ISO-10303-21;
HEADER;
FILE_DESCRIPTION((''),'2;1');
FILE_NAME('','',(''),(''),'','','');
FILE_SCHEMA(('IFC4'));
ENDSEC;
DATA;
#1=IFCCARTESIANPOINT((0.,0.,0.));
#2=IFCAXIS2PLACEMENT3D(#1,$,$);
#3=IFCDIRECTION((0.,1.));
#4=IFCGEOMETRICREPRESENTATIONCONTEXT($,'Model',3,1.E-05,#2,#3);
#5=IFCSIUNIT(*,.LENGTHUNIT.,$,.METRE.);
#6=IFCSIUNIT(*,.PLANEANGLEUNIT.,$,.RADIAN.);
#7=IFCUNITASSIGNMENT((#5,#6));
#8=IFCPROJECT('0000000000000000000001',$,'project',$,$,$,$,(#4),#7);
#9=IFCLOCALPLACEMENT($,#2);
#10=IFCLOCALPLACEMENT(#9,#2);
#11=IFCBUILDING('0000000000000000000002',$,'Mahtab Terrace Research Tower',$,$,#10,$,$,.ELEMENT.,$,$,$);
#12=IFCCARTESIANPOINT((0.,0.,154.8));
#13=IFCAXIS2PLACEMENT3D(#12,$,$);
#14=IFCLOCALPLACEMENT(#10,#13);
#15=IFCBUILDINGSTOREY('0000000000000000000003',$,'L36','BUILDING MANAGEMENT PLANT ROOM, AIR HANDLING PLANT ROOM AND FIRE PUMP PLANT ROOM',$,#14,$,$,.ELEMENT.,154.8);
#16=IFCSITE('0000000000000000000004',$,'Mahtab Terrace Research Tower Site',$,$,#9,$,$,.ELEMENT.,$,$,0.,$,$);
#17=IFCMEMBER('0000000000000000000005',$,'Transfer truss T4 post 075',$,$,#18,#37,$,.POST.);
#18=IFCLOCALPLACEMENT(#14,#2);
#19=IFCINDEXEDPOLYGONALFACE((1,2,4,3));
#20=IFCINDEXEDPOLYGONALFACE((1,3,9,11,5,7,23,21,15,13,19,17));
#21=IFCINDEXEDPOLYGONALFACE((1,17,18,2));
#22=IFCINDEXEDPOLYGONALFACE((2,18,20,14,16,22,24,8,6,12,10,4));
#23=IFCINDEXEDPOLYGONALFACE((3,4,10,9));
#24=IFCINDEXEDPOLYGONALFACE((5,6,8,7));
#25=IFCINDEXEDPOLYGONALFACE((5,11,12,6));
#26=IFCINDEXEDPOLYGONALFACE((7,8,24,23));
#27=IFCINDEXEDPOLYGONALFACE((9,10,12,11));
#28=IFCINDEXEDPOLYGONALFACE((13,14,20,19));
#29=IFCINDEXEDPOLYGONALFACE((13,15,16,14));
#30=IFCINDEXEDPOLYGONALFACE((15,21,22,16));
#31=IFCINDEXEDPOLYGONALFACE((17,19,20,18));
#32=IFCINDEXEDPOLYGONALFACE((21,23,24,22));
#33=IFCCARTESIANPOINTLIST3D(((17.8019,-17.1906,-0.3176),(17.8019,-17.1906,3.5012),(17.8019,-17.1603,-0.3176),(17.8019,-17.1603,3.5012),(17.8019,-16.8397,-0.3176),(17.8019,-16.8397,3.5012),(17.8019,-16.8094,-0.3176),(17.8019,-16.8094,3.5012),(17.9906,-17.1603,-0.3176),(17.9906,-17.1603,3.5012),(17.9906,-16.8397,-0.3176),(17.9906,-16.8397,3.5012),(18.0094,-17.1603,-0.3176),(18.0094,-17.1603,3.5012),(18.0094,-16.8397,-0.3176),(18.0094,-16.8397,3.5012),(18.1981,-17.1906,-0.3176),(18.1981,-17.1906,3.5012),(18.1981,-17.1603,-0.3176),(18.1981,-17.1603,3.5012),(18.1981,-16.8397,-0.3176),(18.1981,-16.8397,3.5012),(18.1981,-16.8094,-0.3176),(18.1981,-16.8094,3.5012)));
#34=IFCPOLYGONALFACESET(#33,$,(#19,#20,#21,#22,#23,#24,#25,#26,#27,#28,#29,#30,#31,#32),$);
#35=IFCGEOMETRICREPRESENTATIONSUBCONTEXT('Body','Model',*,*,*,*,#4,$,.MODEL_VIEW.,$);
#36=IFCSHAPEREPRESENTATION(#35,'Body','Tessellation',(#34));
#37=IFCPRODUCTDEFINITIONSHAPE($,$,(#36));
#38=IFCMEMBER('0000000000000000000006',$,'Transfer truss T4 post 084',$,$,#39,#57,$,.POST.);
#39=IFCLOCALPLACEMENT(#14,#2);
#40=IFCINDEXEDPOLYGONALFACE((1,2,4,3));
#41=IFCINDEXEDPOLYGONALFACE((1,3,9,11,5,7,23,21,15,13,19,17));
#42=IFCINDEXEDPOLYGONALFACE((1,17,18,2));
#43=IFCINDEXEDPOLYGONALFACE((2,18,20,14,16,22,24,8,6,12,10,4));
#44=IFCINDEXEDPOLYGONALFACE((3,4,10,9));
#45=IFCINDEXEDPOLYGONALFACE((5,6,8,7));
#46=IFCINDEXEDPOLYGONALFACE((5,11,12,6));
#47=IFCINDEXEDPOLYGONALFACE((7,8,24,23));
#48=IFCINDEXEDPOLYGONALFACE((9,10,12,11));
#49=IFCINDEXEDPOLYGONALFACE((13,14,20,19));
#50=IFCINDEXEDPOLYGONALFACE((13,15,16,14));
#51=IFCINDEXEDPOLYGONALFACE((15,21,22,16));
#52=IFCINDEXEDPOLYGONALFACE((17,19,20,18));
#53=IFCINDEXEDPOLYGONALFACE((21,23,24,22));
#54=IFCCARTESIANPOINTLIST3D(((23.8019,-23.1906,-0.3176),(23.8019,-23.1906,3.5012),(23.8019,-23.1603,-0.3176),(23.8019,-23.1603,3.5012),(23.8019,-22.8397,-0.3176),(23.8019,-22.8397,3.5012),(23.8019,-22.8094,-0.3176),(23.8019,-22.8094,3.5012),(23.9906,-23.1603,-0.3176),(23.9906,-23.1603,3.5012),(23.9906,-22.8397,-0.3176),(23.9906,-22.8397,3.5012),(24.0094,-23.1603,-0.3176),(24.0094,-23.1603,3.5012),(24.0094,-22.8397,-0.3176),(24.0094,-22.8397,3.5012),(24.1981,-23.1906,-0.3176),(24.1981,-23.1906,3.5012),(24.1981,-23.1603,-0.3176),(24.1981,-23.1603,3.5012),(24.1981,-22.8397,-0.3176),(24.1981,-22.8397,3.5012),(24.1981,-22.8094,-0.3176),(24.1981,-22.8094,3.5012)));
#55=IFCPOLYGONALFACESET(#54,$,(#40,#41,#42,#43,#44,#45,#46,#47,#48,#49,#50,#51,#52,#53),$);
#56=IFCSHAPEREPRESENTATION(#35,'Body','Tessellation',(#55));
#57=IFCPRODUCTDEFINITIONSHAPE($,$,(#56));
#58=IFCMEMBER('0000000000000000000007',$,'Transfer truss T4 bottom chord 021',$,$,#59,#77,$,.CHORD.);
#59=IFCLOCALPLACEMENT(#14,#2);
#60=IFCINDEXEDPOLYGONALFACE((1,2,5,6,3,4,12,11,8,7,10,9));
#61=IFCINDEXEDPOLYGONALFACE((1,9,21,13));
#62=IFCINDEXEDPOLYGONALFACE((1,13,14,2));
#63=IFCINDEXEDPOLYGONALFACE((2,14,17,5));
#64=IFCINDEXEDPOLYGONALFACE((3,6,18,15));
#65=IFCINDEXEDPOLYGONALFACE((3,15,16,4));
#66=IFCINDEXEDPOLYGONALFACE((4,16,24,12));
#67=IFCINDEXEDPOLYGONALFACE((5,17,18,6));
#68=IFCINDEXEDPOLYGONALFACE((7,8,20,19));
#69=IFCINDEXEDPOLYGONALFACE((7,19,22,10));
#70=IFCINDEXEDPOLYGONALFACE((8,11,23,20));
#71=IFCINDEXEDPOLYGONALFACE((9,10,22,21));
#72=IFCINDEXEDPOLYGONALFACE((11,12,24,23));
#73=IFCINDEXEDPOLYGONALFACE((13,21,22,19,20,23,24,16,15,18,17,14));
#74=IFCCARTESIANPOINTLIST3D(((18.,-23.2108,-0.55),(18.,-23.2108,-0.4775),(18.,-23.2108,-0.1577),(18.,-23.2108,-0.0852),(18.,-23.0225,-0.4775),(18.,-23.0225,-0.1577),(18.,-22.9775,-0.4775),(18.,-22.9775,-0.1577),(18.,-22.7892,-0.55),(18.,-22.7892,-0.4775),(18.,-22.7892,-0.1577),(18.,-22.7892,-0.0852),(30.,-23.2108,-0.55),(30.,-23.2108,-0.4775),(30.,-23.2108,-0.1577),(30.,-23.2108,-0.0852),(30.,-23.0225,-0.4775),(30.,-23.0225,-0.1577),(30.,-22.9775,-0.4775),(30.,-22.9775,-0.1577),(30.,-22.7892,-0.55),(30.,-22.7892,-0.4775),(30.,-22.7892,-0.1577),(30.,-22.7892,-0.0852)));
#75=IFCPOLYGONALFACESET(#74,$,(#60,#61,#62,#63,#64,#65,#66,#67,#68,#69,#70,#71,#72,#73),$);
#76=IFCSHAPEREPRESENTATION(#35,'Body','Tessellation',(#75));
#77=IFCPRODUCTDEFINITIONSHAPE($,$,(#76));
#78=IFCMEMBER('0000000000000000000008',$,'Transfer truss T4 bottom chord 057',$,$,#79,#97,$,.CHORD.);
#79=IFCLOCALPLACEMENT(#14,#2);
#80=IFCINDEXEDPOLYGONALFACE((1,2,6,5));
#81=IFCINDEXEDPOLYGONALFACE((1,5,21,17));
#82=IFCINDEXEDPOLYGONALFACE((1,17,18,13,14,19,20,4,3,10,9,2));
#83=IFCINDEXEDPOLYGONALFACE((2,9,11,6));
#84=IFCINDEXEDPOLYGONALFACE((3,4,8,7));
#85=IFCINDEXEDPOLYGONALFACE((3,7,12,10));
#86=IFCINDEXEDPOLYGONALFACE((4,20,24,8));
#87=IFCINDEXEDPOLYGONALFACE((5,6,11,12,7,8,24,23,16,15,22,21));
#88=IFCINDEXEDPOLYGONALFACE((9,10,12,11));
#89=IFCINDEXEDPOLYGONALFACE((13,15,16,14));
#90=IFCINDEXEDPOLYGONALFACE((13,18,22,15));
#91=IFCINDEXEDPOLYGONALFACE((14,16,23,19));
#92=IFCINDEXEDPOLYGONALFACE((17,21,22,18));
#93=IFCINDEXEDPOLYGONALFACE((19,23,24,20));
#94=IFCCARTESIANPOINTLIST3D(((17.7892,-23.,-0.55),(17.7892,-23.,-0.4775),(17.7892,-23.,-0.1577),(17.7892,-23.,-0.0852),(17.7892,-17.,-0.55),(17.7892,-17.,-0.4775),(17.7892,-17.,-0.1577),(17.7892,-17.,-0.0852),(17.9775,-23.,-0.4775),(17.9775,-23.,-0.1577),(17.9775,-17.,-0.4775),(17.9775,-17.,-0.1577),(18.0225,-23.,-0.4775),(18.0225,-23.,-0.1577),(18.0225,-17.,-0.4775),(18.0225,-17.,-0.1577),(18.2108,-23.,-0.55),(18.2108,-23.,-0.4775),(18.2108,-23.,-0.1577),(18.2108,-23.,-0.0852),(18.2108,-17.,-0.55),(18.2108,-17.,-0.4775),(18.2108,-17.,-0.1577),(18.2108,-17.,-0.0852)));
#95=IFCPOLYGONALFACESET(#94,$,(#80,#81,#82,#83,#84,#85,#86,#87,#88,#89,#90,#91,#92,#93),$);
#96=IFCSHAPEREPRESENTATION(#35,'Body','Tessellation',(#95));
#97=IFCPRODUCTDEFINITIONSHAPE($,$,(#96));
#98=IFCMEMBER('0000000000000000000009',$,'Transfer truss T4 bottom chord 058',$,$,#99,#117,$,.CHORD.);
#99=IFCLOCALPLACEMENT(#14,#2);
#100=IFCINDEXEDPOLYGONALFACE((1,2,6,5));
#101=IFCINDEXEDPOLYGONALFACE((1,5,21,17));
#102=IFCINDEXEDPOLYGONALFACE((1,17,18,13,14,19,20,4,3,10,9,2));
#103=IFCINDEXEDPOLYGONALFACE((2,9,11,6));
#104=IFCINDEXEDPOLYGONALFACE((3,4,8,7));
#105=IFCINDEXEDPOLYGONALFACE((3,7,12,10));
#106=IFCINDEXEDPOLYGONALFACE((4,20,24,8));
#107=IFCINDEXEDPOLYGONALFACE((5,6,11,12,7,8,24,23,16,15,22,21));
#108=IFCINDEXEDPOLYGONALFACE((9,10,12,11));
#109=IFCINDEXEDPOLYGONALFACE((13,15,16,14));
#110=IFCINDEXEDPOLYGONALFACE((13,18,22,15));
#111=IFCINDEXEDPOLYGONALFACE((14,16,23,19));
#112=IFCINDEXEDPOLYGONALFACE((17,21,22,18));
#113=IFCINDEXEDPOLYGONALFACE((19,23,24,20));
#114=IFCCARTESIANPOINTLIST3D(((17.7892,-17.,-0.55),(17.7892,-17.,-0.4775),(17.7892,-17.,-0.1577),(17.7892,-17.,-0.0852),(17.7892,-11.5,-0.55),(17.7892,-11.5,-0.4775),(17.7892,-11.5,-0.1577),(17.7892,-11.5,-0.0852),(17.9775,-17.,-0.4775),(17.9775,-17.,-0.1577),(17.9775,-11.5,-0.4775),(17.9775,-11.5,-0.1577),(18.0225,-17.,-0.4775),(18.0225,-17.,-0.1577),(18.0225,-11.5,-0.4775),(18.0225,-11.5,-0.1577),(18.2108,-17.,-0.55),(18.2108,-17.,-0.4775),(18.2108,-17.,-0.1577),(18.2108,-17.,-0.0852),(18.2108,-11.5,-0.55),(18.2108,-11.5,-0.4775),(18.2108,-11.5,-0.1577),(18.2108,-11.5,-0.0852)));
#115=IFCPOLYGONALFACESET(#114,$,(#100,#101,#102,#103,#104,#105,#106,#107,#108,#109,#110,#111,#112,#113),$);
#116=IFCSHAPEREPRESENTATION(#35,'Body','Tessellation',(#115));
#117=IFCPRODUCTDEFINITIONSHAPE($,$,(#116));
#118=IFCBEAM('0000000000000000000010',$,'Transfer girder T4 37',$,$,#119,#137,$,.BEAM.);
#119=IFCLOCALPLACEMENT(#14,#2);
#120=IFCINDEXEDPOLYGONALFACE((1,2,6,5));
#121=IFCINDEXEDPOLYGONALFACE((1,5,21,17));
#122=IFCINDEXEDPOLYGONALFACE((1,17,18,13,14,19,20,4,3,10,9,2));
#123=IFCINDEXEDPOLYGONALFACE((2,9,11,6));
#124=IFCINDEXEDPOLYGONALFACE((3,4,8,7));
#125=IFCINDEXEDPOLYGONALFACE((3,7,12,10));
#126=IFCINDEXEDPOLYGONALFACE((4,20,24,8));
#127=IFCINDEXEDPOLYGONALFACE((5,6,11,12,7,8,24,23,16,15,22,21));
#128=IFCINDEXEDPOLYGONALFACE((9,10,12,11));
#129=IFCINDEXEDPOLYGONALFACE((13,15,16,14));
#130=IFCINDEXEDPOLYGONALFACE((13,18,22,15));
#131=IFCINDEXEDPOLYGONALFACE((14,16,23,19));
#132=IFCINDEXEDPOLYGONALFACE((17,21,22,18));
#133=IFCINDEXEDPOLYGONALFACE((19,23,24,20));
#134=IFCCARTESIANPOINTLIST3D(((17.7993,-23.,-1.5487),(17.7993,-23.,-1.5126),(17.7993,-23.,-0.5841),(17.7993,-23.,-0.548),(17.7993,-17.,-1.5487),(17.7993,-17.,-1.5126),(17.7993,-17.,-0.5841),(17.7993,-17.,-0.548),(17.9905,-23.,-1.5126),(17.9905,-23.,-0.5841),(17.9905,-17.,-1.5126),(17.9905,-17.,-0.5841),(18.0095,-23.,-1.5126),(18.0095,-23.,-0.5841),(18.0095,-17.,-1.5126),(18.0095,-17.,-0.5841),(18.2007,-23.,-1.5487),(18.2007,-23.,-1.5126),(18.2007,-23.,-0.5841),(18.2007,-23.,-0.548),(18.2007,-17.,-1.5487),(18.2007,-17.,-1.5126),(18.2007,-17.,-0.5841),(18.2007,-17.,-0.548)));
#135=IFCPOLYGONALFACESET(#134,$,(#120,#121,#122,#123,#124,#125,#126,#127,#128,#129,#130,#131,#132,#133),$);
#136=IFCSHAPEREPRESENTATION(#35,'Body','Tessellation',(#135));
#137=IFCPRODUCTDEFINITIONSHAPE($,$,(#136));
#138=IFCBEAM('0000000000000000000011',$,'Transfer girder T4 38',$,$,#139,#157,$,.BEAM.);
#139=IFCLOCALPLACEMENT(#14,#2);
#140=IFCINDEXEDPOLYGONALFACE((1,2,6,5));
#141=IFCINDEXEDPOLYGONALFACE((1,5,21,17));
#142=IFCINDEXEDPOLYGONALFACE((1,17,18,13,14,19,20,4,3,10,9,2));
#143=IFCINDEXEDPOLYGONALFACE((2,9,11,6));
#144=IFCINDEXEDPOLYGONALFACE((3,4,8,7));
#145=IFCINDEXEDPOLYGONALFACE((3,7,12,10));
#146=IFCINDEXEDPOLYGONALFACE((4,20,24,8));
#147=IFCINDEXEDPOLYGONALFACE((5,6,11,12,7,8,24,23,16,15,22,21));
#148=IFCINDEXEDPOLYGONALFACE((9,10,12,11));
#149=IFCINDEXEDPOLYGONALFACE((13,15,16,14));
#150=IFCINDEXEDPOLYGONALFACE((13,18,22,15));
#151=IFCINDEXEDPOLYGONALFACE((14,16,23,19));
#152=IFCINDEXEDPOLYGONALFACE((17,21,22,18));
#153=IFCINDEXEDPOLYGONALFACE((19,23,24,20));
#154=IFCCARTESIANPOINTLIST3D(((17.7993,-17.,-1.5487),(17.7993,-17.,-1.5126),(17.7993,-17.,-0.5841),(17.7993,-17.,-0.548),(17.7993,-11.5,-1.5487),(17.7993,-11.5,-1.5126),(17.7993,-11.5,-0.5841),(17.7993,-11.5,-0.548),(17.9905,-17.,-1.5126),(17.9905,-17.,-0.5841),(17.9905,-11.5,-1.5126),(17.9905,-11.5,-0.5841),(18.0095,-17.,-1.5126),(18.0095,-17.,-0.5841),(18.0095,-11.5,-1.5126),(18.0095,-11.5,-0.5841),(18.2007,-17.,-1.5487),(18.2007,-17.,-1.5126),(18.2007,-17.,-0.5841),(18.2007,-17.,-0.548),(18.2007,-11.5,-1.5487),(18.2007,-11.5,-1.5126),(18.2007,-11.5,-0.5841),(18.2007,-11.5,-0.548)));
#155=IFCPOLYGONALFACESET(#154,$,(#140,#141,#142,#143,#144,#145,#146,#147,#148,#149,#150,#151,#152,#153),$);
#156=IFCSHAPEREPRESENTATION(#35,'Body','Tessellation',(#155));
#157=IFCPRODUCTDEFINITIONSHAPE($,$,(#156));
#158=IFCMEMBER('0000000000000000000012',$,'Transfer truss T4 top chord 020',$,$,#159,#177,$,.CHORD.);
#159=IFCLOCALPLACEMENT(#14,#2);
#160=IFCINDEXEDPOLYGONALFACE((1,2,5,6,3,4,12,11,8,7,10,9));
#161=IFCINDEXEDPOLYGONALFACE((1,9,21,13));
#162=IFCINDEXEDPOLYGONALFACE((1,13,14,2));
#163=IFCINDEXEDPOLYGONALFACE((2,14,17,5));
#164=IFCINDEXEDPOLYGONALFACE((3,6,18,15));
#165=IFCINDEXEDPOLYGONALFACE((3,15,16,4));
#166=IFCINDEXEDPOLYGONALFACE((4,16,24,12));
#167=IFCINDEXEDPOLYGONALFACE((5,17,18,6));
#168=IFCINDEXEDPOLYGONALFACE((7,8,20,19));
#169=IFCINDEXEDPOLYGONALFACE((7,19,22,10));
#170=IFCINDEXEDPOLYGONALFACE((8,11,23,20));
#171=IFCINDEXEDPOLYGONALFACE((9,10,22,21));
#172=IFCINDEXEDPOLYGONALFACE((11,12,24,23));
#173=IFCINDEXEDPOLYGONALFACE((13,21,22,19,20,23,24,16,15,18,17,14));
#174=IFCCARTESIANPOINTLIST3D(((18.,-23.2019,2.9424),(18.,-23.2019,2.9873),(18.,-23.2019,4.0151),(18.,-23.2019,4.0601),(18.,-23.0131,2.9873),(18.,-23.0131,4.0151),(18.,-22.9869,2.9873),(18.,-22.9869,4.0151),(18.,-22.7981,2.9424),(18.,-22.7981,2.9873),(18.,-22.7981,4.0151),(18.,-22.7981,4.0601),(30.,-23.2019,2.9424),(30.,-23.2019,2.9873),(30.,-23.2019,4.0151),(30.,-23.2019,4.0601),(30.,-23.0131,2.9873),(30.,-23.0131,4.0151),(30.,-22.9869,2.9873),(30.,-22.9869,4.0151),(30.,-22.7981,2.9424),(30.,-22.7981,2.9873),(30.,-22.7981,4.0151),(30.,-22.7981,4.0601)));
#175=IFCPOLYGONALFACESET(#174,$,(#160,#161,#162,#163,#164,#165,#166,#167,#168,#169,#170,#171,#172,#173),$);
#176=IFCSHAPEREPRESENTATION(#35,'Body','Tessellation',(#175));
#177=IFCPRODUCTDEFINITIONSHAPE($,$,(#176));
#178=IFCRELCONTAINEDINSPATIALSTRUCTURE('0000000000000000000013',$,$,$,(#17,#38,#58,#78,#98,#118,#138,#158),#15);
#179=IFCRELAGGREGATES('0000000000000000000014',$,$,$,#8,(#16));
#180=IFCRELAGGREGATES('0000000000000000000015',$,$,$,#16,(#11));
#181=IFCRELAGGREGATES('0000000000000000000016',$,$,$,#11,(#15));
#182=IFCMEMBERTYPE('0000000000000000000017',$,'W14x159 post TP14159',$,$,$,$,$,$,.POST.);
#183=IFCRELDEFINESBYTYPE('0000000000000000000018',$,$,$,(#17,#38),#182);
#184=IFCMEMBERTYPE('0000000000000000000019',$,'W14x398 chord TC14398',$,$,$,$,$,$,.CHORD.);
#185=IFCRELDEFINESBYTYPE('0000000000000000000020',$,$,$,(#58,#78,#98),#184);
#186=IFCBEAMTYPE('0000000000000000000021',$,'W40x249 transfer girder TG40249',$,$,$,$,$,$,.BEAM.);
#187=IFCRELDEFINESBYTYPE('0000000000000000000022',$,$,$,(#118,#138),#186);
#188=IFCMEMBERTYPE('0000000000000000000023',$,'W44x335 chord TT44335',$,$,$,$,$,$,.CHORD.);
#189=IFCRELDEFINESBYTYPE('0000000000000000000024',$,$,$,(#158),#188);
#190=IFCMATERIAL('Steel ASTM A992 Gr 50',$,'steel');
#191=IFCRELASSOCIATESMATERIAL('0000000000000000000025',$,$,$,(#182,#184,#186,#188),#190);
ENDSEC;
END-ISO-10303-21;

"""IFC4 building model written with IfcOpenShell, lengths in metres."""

from ifc_helpers import new_model, si_unit, direction, frame, origin, origin_2d, place, context, subcontext, project, spatial, i_section, extrude, material, material_profile, profile_set, type_object, element, save


model = new_model("IFC4")

# Units and contexts
model_context = context("Model", 3, precision=1e-05, world=origin(), true_north=direction((0.0, 1.0)))
body_context = subcontext(model_context, "Body", "Model", "MODEL_VIEW")
ifc_project = project(units=[si_unit("LENGTHUNIT", "METRE"), si_unit("PLANEANGLEUNIT", "RADIAN")], contexts=[model_context])

# Site, building, storey
site_placement = place(None, origin())
site = spatial("IfcSite", under=ifc_project, at=site_placement, Name="Mahtab Terrace Research Tower Site", CompositionType="ELEMENT", RefElevation=0.0)
building_placement = place(site_placement, origin())
building = spatial("IfcBuilding", under=site, at=building_placement, Name="Mahtab Terrace Research Tower", CompositionType="ELEMENT")
storey_placement = place(building_placement, frame((0.0, 0.0, 154.8)))
storey = spatial("IfcBuildingStorey", under=building, at=storey_placement, Name="L36", Description="BUILDING MANAGEMENT PLANT ROOM, AIR HANDLING PLANT ROOM AND FIRE PUMP PLANT ROOM", CompositionType="ELEMENT", Elevation=154.8)

# Shared definitions
ifc_material_1 = material(Name="Steel ASTM A992 Gr 50", Category="steel")

# Members
ifc_material_profile_1 = material_profile(ifc_material_1, i_section(OverallWidth=0.3962, OverallDepth=0.3811, WebThickness=0.0188, FlangeThickness=0.0303, at=origin_2d()), Name="W14X159")
ifc_profile_set_1 = profile_set([ifc_material_profile_1], Name="Steel ASTM A992 Gr 50")
member_type_1 = type_object("IfcMemberType", Name="W14x159 post TP14159", PredefinedType="POST", material=ifc_profile_set_1)
for number, where, z_axis, x_axis, name in (
    (1, (18.0, -17.0, -0.3176), (0.0, 0.0, 1.0), (1.0, 0.0, 0.0), "Transfer truss T4 post 075"),
    (2, (24.0, -23.0, -0.3176), (0.0, 0.0, 1.0), (1.0, 0.0, 0.0), "Transfer truss T4 post 084"),
):
    element("IfcMember", number, at=place(storey_placement, frame(where, z_axis=z_axis, x_axis=x_axis)), inside=storey, type_object=member_type_1, Name=name, PredefinedType="POST", context=body_context, shape_type="SweptSolid", body=[
        extrude(i_section(OverallWidth=0.3962, OverallDepth=0.3811, WebThickness=0.0188, FlangeThickness=0.0303, at=origin_2d()), origin(), (0.0, 0.0, 1.0), 3.8188),
    ])
ifc_material_profile_2 = material_profile(ifc_material_1, i_section(OverallWidth=0.4216, OverallDepth=0.4648, WebThickness=0.0449, FlangeThickness=0.0725, at=origin_2d()), Name="W14X398")
ifc_profile_set_2 = profile_set([ifc_material_profile_2], Name="Steel ASTM A992 Gr 50")
member_type_2 = type_object("IfcMemberType", Name="W14x398 chord TC14398", PredefinedType="CHORD", material=ifc_profile_set_2)
member_1_placement = place(storey_placement, frame((18.0, -23.0, -0.3176), z_axis=(1.0, 0.0, 0.0), x_axis=(0.0, 1.0, 0.0)))
element("IfcMember", 3, at=member_1_placement, inside=storey, type_object=member_type_2, Name="Transfer truss T4 bottom chord 021", PredefinedType="CHORD", context=body_context, shape_type="SweptSolid", body=[
    extrude(i_section(OverallWidth=0.4216, OverallDepth=0.4648, WebThickness=0.0449, FlangeThickness=0.0725, at=origin_2d()), origin(), (0.0, 0.0, 1.0), 12.0),
])
member_2_placement = place(storey_placement, frame((18.0, -23.0, -0.3176), z_axis=(0.0, 1.0, 0.0), x_axis=(-1.0, 0.0, 0.0)))
element("IfcMember", 4, at=member_2_placement, inside=storey, type_object=member_type_2, Name="Transfer truss T4 bottom chord 057", PredefinedType="CHORD", context=body_context, shape_type="SweptSolid", body=[
    extrude(i_section(OverallWidth=0.4216, OverallDepth=0.4648, WebThickness=0.0449, FlangeThickness=0.0725, at=origin_2d()), origin(), (0.0, 0.0, 1.0), 6.0),
])
member_3_placement = place(storey_placement, frame((18.0, -17.0, -0.3176), z_axis=(0.0, 1.0, 0.0), x_axis=(-1.0, 0.0, 0.0)))
element("IfcMember", 5, at=member_3_placement, inside=storey, type_object=member_type_2, Name="Transfer truss T4 bottom chord 058", PredefinedType="CHORD", context=body_context, shape_type="SweptSolid", body=[
    extrude(i_section(OverallWidth=0.4216, OverallDepth=0.4648, WebThickness=0.0449, FlangeThickness=0.0725, at=origin_2d()), origin(), (0.0, 0.0, 1.0), 5.5),
])

# Beams
ifc_material_profile_3 = material_profile(ifc_material_1, i_section(OverallWidth=0.4014, OverallDepth=1.0007, WebThickness=0.019, FlangeThickness=0.0361, at=origin_2d()), Name="W40X249")
ifc_profile_set_3 = profile_set([ifc_material_profile_3], Name="Steel ASTM A992 Gr 50")
beam_type = type_object("IfcBeamType", Name="W40x249 transfer girder TG40249", PredefinedType="BEAM", material=ifc_profile_set_3)
beam_1_placement = place(storey_placement, frame((18.0, -23.0, -1.0483), z_axis=(0.0, 1.0, 0.0), x_axis=(-1.0, 0.0, 0.0)))
element("IfcBeam", 6, at=beam_1_placement, inside=storey, type_object=beam_type, Name="Transfer girder T4 37", PredefinedType="BEAM", context=body_context, shape_type="SweptSolid", body=[
    extrude(i_section(OverallWidth=0.4014, OverallDepth=1.0007, WebThickness=0.019, FlangeThickness=0.0361, at=origin_2d()), origin(), (0.0, 0.0, 1.0), 6.0),
])
beam_2_placement = place(storey_placement, frame((18.0, -17.0, -1.0483), z_axis=(0.0, 1.0, 0.0), x_axis=(-1.0, 0.0, 0.0)))
element("IfcBeam", 7, at=beam_2_placement, inside=storey, type_object=beam_type, Name="Transfer girder T4 38", PredefinedType="BEAM", context=body_context, shape_type="SweptSolid", body=[
    extrude(i_section(OverallWidth=0.4014, OverallDepth=1.0007, WebThickness=0.019, FlangeThickness=0.0361, at=origin_2d()), origin(), (0.0, 0.0, 1.0), 5.5),
])

# Member
ifc_material_profile_4 = material_profile(ifc_material_1, i_section(OverallWidth=0.4038, OverallDepth=1.1177, WebThickness=0.0261, FlangeThickness=0.0449, at=origin_2d()), Name="W44X335")
ifc_profile_set_4 = profile_set([ifc_material_profile_4], Name="Steel ASTM A992 Gr 50")
member_type_3 = type_object("IfcMemberType", Name="W44x335 chord TT44335", PredefinedType="CHORD", material=ifc_profile_set_4)
member_4_placement = place(storey_placement, frame((18.0, -23.0, 3.5012), z_axis=(1.0, 0.0, 0.0), x_axis=(0.0, 1.0, 0.0)))
element("IfcMember", 8, at=member_4_placement, inside=storey, type_object=member_type_3, Name="Transfer truss T4 top chord 020", PredefinedType="CHORD", context=body_context, shape_type="SweptSolid", body=[
    extrude(i_section(OverallWidth=0.4038, OverallDepth=1.1177, WebThickness=0.0261, FlangeThickness=0.0449, at=origin_2d()), origin(), (0.0, 0.0, 1.0), 12.0),
])

save(model, "model.ifc")
